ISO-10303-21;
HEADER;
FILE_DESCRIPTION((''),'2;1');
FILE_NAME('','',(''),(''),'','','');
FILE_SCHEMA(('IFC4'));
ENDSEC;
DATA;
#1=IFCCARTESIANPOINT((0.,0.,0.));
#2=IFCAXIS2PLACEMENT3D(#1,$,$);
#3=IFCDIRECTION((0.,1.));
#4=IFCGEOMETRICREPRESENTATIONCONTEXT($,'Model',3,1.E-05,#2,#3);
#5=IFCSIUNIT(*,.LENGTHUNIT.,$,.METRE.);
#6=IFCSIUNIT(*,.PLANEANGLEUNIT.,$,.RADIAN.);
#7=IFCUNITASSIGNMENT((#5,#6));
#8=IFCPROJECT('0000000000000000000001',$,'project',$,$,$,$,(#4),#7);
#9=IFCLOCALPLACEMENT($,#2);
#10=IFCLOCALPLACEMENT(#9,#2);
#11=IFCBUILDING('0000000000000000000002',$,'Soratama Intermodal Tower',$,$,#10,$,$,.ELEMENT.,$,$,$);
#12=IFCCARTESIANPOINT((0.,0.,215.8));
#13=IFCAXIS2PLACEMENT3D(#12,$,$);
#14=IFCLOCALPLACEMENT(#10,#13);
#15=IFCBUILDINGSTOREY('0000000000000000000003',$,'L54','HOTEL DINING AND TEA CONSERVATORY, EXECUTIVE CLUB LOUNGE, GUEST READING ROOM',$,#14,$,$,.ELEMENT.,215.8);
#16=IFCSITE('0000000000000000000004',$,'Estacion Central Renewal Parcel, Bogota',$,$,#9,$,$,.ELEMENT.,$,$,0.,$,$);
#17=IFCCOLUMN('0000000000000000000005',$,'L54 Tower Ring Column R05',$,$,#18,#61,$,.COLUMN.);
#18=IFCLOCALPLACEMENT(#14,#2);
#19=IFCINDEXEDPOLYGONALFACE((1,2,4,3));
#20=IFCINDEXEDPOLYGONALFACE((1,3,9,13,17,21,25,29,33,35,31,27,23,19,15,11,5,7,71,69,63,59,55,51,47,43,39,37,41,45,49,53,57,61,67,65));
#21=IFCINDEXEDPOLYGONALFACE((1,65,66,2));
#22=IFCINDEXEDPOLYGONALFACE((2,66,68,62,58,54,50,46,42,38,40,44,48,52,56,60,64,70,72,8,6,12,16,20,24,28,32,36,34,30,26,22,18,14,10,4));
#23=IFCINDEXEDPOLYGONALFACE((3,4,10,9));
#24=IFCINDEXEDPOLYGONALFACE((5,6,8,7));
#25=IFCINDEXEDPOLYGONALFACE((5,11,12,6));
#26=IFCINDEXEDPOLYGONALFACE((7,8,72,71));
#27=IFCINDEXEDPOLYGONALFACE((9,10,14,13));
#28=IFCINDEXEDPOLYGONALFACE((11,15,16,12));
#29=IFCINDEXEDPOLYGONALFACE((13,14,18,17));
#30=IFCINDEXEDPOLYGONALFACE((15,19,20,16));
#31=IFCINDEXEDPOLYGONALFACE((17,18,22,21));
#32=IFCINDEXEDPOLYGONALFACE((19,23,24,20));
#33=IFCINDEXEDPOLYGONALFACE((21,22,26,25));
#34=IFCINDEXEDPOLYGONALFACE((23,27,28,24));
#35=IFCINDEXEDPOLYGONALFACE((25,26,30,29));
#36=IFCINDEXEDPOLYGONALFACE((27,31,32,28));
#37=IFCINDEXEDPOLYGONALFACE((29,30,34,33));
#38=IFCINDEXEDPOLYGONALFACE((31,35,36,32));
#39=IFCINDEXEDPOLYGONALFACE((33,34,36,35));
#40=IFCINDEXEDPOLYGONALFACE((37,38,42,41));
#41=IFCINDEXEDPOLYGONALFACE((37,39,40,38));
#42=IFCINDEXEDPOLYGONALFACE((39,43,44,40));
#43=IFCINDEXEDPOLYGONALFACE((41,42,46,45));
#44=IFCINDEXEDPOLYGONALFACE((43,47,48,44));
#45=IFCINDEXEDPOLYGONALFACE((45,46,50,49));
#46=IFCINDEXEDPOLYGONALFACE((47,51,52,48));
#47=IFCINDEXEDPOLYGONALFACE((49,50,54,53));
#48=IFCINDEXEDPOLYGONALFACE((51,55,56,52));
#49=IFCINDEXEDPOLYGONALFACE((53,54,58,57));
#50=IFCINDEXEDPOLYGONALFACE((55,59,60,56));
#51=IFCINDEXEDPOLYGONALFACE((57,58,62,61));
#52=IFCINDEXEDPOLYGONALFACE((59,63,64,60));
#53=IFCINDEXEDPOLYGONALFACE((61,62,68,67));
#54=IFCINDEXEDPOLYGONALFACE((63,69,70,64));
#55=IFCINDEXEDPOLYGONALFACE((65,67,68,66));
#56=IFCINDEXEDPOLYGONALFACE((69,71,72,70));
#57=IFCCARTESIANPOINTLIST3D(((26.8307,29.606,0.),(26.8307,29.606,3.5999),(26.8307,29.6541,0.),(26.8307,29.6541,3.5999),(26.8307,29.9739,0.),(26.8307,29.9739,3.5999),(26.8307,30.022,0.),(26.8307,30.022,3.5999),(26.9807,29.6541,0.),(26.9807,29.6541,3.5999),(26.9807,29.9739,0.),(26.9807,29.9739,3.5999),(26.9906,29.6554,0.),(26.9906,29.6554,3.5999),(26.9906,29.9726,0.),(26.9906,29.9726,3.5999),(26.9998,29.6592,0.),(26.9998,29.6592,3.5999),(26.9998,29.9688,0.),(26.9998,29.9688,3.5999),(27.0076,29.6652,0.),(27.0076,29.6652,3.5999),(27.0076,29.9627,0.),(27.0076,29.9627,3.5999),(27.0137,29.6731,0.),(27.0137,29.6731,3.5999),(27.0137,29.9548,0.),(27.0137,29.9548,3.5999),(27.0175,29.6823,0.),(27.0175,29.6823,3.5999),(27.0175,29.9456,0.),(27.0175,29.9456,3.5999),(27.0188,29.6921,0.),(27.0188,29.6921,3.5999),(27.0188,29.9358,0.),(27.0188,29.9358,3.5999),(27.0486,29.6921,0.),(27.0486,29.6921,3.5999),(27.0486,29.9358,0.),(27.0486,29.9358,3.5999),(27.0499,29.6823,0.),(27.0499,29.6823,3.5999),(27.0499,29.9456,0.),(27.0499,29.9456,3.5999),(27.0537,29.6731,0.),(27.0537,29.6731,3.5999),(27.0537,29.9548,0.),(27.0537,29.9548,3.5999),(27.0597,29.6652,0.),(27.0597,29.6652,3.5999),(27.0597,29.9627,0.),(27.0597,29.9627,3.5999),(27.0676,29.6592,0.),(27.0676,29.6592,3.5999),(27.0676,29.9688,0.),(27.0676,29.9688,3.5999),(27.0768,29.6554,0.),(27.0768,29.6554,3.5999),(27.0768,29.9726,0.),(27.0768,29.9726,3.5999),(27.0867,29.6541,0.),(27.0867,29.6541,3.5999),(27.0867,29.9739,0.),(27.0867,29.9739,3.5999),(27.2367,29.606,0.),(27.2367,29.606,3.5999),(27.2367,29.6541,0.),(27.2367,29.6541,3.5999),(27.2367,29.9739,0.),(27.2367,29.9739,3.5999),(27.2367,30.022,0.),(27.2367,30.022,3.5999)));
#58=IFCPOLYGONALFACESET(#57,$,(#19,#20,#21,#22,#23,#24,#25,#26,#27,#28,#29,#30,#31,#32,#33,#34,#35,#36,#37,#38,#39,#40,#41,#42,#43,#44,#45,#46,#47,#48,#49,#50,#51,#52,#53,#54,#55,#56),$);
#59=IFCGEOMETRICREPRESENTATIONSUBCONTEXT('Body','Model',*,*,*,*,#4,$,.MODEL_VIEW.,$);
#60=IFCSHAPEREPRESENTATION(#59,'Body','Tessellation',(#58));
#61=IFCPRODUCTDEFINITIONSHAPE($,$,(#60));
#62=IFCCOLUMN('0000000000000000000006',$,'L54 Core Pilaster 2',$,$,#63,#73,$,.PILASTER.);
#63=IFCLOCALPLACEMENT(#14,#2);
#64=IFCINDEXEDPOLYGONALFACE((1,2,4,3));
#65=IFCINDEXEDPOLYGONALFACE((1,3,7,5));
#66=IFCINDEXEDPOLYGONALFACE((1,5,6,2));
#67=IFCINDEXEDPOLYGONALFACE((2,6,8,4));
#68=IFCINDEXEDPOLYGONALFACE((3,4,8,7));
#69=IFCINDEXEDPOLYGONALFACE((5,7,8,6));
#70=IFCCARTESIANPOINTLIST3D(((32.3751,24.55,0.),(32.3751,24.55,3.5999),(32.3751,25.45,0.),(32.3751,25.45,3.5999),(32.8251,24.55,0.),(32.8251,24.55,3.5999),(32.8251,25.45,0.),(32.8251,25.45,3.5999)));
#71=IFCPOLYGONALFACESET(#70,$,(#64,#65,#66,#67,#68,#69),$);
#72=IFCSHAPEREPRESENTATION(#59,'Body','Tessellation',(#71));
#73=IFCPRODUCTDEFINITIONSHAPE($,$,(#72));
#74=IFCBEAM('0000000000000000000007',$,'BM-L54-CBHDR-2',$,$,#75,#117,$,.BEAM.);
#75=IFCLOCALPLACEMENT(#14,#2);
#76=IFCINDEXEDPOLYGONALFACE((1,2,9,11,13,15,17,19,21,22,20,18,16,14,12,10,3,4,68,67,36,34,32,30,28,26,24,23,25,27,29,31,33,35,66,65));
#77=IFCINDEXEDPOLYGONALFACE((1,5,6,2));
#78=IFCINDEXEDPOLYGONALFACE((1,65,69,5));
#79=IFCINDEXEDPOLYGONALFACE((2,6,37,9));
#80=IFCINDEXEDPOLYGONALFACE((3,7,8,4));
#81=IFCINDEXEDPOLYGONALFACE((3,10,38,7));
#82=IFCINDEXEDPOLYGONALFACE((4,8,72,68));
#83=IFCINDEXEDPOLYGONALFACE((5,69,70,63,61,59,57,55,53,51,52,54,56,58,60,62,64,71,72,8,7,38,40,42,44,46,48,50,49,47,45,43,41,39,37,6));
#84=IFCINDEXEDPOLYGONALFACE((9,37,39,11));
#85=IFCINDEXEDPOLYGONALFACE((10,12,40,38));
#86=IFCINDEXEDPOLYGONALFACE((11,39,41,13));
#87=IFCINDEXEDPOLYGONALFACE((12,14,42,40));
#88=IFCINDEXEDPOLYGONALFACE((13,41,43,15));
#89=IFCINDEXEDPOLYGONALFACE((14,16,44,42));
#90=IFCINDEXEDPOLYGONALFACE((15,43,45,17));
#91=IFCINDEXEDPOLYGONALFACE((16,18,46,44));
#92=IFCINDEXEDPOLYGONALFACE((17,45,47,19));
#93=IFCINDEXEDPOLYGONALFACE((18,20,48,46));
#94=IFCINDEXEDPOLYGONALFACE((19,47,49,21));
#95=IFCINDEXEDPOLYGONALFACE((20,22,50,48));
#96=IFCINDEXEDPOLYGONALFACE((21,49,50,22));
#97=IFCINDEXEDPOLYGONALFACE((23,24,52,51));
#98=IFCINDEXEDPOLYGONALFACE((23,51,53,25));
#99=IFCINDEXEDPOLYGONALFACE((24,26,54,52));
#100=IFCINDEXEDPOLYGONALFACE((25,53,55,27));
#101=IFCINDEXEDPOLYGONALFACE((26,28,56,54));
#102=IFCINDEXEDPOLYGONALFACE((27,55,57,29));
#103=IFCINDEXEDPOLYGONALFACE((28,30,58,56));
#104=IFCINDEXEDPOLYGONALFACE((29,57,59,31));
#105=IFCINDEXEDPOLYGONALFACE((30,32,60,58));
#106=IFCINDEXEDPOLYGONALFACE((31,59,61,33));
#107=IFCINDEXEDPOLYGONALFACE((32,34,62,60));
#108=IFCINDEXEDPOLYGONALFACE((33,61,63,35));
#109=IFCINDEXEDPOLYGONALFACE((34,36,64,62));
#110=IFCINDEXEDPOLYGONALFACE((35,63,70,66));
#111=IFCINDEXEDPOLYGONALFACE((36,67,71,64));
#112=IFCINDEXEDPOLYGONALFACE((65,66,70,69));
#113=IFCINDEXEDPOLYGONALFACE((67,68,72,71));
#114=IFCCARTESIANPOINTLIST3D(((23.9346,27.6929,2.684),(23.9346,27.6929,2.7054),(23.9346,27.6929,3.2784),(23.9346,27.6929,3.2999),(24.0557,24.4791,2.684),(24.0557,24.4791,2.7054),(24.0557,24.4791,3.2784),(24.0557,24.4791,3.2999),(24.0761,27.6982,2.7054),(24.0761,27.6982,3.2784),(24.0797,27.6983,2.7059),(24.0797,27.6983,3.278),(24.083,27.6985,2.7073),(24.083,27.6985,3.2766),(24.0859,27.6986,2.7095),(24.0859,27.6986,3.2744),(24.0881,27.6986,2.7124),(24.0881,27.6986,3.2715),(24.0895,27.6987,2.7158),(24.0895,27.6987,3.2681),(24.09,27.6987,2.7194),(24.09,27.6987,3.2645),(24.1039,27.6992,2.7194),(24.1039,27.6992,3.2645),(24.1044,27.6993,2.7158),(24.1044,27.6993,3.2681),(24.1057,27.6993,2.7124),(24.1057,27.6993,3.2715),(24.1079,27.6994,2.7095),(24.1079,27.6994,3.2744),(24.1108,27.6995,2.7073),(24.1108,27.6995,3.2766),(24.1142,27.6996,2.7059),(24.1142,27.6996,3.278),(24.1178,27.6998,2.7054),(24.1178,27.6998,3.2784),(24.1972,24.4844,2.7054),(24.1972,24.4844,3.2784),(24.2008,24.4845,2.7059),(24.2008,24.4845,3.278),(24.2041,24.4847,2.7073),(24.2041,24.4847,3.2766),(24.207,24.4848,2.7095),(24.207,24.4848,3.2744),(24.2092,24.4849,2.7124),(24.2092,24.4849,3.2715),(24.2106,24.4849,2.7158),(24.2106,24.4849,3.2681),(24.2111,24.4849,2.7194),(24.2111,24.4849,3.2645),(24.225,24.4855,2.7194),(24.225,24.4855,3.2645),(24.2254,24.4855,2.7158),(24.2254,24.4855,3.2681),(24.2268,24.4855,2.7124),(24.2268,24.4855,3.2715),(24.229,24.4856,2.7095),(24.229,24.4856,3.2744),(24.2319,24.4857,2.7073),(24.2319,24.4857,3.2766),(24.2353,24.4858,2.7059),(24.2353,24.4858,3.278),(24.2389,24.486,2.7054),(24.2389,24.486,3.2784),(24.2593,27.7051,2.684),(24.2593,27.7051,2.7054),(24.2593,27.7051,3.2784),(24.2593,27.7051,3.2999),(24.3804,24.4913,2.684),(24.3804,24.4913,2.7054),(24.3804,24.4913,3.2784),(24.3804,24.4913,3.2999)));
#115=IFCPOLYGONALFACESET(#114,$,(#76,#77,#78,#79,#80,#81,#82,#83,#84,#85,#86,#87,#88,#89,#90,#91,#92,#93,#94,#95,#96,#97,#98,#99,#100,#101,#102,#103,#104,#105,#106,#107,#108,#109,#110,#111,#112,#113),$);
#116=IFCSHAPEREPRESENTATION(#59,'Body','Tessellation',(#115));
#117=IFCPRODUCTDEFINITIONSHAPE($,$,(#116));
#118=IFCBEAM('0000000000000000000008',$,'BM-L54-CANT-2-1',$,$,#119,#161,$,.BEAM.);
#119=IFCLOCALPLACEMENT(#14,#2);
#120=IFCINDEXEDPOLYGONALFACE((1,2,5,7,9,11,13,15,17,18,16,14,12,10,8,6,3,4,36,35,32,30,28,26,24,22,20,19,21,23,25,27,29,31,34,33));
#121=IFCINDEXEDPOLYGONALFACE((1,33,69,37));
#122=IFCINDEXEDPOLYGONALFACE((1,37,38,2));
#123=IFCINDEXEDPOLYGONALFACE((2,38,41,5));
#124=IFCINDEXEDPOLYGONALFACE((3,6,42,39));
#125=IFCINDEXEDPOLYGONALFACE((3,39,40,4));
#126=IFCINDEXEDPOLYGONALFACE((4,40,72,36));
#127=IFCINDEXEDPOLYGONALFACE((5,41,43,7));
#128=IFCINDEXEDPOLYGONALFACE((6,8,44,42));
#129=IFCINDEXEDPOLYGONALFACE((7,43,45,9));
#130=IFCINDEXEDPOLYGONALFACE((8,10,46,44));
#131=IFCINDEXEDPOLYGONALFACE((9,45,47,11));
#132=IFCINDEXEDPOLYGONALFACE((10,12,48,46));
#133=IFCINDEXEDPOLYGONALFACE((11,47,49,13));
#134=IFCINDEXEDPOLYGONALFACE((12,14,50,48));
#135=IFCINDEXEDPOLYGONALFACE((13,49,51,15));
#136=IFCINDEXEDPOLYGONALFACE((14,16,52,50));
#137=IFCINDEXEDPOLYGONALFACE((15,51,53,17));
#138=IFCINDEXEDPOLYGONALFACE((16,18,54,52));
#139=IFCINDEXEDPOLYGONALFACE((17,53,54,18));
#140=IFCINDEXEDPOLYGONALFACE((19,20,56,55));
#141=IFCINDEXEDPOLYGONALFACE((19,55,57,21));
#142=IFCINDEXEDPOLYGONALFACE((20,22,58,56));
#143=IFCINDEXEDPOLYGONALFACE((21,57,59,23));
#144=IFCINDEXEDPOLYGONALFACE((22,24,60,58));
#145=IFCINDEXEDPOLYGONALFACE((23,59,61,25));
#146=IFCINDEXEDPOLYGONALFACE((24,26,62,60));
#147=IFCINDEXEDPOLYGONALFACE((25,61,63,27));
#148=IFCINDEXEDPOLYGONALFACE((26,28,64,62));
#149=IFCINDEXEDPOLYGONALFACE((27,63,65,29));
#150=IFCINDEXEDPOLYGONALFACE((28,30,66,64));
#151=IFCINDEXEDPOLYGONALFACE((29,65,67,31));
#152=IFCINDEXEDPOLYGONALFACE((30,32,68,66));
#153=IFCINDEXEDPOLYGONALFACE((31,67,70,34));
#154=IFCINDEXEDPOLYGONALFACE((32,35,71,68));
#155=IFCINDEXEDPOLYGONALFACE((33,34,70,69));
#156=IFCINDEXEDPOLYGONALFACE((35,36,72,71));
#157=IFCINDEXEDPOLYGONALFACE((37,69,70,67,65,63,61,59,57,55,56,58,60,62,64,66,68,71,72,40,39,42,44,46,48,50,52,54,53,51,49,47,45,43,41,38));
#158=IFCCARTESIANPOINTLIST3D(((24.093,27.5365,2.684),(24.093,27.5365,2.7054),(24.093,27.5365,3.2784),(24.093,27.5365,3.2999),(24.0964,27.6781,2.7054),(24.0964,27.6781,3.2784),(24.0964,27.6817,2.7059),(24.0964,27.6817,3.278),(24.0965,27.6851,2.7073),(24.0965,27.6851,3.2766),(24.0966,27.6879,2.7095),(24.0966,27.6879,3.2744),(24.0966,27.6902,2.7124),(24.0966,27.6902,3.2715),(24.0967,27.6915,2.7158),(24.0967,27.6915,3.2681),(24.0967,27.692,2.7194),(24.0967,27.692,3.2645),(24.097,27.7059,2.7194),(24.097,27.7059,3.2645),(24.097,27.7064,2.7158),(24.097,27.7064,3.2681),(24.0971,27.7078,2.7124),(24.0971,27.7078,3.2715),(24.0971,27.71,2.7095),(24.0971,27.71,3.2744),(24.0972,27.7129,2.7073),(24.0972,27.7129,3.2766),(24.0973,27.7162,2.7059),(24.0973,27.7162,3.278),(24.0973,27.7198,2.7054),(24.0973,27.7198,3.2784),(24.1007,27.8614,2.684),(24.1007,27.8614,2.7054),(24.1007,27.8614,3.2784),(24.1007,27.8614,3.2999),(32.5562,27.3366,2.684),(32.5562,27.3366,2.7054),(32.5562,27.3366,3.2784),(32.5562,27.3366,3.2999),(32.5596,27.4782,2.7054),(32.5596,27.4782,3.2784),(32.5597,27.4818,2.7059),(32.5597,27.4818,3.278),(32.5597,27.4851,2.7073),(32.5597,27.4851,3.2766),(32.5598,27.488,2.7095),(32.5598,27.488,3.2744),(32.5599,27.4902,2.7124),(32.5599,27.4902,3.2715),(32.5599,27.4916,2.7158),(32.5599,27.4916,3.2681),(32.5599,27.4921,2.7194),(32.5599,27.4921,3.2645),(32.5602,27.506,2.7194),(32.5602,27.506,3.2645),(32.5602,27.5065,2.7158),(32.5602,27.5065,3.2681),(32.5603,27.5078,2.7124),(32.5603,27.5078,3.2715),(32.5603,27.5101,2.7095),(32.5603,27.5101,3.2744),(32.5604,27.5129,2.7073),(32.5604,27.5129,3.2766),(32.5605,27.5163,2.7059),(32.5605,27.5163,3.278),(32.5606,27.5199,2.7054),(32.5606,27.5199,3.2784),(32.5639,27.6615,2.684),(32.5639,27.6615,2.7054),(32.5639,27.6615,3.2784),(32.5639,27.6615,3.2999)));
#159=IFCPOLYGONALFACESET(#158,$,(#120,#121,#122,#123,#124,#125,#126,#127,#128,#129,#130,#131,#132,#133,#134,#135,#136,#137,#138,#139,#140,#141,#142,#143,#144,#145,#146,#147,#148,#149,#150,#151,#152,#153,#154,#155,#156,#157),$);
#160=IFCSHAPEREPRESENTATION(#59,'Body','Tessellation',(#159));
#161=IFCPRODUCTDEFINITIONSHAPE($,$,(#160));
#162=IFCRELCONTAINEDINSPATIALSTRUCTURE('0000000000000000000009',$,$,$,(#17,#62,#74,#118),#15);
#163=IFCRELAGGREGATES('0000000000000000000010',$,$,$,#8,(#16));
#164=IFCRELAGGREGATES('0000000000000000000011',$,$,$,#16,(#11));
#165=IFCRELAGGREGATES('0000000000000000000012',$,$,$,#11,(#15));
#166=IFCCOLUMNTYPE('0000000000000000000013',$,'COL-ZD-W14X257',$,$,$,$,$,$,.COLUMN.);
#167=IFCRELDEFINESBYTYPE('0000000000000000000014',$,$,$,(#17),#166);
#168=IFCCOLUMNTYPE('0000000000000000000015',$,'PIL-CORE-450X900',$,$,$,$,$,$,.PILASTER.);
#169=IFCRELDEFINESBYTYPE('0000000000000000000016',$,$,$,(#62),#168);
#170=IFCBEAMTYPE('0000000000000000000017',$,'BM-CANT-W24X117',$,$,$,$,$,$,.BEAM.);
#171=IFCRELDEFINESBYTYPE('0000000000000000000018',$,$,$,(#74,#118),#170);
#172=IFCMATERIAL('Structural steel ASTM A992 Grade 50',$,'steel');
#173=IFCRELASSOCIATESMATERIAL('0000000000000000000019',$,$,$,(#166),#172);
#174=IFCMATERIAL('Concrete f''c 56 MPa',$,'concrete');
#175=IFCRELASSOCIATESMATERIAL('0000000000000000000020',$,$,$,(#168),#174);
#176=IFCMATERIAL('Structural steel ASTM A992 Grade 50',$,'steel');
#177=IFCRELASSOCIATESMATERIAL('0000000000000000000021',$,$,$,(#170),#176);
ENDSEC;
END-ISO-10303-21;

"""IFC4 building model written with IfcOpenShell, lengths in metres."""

from ifc_helpers import new_model, si_unit, direction, frame, origin, origin_2d, place, context, subcontext, project, spatial, rectangle, i_section, extrude, material, material_profile, profile_set, type_object, element, save


model = new_model("IFC4")

# Units and contexts
model_context = context("Model", 3, precision=1e-05, world=origin(), true_north=direction((0.0, 1.0)))
body_context = subcontext(model_context, "Body", "Model", "MODEL_VIEW")
ifc_project = project(units=[si_unit("LENGTHUNIT", "METRE"), si_unit("PLANEANGLEUNIT", "RADIAN")], contexts=[model_context])

# Site, building, storey
site_placement = place(None, origin())
site = spatial("IfcSite", under=ifc_project, at=site_placement, Name="Estacion Central Renewal Parcel, Bogota", CompositionType="ELEMENT", RefElevation=0.0)
building_placement = place(site_placement, origin())
building = spatial("IfcBuilding", under=site, at=building_placement, Name="Soratama Intermodal Tower", CompositionType="ELEMENT")
storey_placement = place(building_placement, frame((0.0, 0.0, 215.8)))
storey = spatial("IfcBuildingStorey", under=building, at=storey_placement, Name="L54", Description="HOTEL DINING AND TEA CONSERVATORY, EXECUTIVE CLUB LOUNGE, GUEST READING ROOM", CompositionType="ELEMENT", Elevation=215.8)

# Columns
ifc_material_1 = material(Name="Structural steel ASTM A992 Grade 50", Category="steel")
ifc_material_profile_1 = material_profile(ifc_material_1, i_section(OverallWidth=0.406, OverallDepth=0.416, WebThickness=0.0298, FlangeThickness=0.0481, FilletRadius=0.0381, at=origin_2d()), Name="W14X257")
ifc_profile_set_1 = profile_set([ifc_material_profile_1], Name="Structural steel ASTM A992 Grade 50")
column_type_1 = type_object("IfcColumnType", Name="COL-ZD-W14X257", PredefinedType="COLUMN", material=ifc_profile_set_1)
column_1_placement = place(storey_placement, frame((27.0337, 29.814, 0.0), z_axis=(0.0, 0.0, 1.0), x_axis=(1.0, 0.0, 0.0)))
element("IfcColumn", 1, at=column_1_placement, inside=storey, type_object=column_type_1, Name="L54 Tower Ring Column R05", PredefinedType="COLUMN", context=body_context, shape_type="SweptSolid", body=[
    extrude(i_section(OverallWidth=0.406, OverallDepth=0.416, WebThickness=0.0298, FlangeThickness=0.0481, FilletRadius=0.0381, at=origin_2d()), origin(), (0.0, 0.0, 1.0), 3.5999),
])
ifc_material_2 = material(Name="Concrete f'c 56 MPa", Category="concrete")
ifc_material_profile_2 = material_profile(ifc_material_2, rectangle(XDim=0.45, YDim=0.8999, at=origin_2d()), Name="RC450X900")
ifc_profile_set_2 = profile_set([ifc_material_profile_2], Name="Concrete f'c 56 MPa")
column_type_2 = type_object("IfcColumnType", Name="PIL-CORE-450X900", PredefinedType="PILASTER", material=ifc_profile_set_2)
column_2_placement = place(storey_placement, frame((32.6001, 25.0, 0.0), z_axis=(0.0, 0.0, 1.0), x_axis=(1.0, 0.0, 0.0)))
element("IfcColumn", 2, at=column_2_placement, inside=storey, type_object=column_type_2, Name="L54 Core Pilaster 2", PredefinedType="PILASTER", context=body_context, shape_type="SweptSolid", body=[
    extrude(rectangle(XDim=0.45, YDim=0.8999, at=origin_2d()), origin(), (0.0, 0.0, 1.0), 3.5999),
])

# Beams
ifc_material_3 = material(Name="Structural steel ASTM A992 Grade 50", Category="steel")
ifc_material_profile_3 = material_profile(ifc_material_3, i_section(OverallWidth=0.325, OverallDepth=0.616, WebThickness=0.0139, FlangeThickness=0.0215, FilletRadius=0.0139, at=origin_2d()), Name="W24X117")
ifc_profile_set_3 = profile_set([ifc_material_profile_3], Name="Structural steel ASTM A992 Grade 50")
beam_type_1 = type_object("IfcBeamType", Name="BM-CANT-W24X117", PredefinedType="BEAM", material=ifc_profile_set_3)
beam_1_placement = place(storey_placement, frame((24.0969, 27.699, 2.9919), z_axis=(0.037652, -0.999291, 0.0), x_axis=(0.999291, 0.037652, 0.0)))
element("IfcBeam", 3, at=beam_1_placement, inside=storey, type_object=beam_type_1, Name="BM-L54-CBHDR-2", PredefinedType="BEAM", context=body_context, shape_type="SweptSolid", body=[
    extrude(i_section(OverallWidth=0.325, OverallDepth=0.616, WebThickness=0.0139, FlangeThickness=0.0215, FilletRadius=0.0139, at=origin_2d()), origin(), (0.0, 0.0, 1.0), 3.2161),
])
beam_2_placement = place(storey_placement, frame((32.5601, 27.499, 2.9919), z_axis=(-0.999721, 0.02362, 0.0), x_axis=(-0.02362, -0.999721, 0.0)))
element("IfcBeam", 4, at=beam_2_placement, inside=storey, type_object=beam_type_1, Name="BM-L54-CANT-2-1", PredefinedType="BEAM", context=body_context, shape_type="SweptSolid", body=[
    extrude(i_section(OverallWidth=0.325, OverallDepth=0.616, WebThickness=0.0139, FlangeThickness=0.0215, FilletRadius=0.0139, at=origin_2d()), origin(), (0.0, 0.0, 1.0), 8.4656),
])

save(model, "model.ifc")
